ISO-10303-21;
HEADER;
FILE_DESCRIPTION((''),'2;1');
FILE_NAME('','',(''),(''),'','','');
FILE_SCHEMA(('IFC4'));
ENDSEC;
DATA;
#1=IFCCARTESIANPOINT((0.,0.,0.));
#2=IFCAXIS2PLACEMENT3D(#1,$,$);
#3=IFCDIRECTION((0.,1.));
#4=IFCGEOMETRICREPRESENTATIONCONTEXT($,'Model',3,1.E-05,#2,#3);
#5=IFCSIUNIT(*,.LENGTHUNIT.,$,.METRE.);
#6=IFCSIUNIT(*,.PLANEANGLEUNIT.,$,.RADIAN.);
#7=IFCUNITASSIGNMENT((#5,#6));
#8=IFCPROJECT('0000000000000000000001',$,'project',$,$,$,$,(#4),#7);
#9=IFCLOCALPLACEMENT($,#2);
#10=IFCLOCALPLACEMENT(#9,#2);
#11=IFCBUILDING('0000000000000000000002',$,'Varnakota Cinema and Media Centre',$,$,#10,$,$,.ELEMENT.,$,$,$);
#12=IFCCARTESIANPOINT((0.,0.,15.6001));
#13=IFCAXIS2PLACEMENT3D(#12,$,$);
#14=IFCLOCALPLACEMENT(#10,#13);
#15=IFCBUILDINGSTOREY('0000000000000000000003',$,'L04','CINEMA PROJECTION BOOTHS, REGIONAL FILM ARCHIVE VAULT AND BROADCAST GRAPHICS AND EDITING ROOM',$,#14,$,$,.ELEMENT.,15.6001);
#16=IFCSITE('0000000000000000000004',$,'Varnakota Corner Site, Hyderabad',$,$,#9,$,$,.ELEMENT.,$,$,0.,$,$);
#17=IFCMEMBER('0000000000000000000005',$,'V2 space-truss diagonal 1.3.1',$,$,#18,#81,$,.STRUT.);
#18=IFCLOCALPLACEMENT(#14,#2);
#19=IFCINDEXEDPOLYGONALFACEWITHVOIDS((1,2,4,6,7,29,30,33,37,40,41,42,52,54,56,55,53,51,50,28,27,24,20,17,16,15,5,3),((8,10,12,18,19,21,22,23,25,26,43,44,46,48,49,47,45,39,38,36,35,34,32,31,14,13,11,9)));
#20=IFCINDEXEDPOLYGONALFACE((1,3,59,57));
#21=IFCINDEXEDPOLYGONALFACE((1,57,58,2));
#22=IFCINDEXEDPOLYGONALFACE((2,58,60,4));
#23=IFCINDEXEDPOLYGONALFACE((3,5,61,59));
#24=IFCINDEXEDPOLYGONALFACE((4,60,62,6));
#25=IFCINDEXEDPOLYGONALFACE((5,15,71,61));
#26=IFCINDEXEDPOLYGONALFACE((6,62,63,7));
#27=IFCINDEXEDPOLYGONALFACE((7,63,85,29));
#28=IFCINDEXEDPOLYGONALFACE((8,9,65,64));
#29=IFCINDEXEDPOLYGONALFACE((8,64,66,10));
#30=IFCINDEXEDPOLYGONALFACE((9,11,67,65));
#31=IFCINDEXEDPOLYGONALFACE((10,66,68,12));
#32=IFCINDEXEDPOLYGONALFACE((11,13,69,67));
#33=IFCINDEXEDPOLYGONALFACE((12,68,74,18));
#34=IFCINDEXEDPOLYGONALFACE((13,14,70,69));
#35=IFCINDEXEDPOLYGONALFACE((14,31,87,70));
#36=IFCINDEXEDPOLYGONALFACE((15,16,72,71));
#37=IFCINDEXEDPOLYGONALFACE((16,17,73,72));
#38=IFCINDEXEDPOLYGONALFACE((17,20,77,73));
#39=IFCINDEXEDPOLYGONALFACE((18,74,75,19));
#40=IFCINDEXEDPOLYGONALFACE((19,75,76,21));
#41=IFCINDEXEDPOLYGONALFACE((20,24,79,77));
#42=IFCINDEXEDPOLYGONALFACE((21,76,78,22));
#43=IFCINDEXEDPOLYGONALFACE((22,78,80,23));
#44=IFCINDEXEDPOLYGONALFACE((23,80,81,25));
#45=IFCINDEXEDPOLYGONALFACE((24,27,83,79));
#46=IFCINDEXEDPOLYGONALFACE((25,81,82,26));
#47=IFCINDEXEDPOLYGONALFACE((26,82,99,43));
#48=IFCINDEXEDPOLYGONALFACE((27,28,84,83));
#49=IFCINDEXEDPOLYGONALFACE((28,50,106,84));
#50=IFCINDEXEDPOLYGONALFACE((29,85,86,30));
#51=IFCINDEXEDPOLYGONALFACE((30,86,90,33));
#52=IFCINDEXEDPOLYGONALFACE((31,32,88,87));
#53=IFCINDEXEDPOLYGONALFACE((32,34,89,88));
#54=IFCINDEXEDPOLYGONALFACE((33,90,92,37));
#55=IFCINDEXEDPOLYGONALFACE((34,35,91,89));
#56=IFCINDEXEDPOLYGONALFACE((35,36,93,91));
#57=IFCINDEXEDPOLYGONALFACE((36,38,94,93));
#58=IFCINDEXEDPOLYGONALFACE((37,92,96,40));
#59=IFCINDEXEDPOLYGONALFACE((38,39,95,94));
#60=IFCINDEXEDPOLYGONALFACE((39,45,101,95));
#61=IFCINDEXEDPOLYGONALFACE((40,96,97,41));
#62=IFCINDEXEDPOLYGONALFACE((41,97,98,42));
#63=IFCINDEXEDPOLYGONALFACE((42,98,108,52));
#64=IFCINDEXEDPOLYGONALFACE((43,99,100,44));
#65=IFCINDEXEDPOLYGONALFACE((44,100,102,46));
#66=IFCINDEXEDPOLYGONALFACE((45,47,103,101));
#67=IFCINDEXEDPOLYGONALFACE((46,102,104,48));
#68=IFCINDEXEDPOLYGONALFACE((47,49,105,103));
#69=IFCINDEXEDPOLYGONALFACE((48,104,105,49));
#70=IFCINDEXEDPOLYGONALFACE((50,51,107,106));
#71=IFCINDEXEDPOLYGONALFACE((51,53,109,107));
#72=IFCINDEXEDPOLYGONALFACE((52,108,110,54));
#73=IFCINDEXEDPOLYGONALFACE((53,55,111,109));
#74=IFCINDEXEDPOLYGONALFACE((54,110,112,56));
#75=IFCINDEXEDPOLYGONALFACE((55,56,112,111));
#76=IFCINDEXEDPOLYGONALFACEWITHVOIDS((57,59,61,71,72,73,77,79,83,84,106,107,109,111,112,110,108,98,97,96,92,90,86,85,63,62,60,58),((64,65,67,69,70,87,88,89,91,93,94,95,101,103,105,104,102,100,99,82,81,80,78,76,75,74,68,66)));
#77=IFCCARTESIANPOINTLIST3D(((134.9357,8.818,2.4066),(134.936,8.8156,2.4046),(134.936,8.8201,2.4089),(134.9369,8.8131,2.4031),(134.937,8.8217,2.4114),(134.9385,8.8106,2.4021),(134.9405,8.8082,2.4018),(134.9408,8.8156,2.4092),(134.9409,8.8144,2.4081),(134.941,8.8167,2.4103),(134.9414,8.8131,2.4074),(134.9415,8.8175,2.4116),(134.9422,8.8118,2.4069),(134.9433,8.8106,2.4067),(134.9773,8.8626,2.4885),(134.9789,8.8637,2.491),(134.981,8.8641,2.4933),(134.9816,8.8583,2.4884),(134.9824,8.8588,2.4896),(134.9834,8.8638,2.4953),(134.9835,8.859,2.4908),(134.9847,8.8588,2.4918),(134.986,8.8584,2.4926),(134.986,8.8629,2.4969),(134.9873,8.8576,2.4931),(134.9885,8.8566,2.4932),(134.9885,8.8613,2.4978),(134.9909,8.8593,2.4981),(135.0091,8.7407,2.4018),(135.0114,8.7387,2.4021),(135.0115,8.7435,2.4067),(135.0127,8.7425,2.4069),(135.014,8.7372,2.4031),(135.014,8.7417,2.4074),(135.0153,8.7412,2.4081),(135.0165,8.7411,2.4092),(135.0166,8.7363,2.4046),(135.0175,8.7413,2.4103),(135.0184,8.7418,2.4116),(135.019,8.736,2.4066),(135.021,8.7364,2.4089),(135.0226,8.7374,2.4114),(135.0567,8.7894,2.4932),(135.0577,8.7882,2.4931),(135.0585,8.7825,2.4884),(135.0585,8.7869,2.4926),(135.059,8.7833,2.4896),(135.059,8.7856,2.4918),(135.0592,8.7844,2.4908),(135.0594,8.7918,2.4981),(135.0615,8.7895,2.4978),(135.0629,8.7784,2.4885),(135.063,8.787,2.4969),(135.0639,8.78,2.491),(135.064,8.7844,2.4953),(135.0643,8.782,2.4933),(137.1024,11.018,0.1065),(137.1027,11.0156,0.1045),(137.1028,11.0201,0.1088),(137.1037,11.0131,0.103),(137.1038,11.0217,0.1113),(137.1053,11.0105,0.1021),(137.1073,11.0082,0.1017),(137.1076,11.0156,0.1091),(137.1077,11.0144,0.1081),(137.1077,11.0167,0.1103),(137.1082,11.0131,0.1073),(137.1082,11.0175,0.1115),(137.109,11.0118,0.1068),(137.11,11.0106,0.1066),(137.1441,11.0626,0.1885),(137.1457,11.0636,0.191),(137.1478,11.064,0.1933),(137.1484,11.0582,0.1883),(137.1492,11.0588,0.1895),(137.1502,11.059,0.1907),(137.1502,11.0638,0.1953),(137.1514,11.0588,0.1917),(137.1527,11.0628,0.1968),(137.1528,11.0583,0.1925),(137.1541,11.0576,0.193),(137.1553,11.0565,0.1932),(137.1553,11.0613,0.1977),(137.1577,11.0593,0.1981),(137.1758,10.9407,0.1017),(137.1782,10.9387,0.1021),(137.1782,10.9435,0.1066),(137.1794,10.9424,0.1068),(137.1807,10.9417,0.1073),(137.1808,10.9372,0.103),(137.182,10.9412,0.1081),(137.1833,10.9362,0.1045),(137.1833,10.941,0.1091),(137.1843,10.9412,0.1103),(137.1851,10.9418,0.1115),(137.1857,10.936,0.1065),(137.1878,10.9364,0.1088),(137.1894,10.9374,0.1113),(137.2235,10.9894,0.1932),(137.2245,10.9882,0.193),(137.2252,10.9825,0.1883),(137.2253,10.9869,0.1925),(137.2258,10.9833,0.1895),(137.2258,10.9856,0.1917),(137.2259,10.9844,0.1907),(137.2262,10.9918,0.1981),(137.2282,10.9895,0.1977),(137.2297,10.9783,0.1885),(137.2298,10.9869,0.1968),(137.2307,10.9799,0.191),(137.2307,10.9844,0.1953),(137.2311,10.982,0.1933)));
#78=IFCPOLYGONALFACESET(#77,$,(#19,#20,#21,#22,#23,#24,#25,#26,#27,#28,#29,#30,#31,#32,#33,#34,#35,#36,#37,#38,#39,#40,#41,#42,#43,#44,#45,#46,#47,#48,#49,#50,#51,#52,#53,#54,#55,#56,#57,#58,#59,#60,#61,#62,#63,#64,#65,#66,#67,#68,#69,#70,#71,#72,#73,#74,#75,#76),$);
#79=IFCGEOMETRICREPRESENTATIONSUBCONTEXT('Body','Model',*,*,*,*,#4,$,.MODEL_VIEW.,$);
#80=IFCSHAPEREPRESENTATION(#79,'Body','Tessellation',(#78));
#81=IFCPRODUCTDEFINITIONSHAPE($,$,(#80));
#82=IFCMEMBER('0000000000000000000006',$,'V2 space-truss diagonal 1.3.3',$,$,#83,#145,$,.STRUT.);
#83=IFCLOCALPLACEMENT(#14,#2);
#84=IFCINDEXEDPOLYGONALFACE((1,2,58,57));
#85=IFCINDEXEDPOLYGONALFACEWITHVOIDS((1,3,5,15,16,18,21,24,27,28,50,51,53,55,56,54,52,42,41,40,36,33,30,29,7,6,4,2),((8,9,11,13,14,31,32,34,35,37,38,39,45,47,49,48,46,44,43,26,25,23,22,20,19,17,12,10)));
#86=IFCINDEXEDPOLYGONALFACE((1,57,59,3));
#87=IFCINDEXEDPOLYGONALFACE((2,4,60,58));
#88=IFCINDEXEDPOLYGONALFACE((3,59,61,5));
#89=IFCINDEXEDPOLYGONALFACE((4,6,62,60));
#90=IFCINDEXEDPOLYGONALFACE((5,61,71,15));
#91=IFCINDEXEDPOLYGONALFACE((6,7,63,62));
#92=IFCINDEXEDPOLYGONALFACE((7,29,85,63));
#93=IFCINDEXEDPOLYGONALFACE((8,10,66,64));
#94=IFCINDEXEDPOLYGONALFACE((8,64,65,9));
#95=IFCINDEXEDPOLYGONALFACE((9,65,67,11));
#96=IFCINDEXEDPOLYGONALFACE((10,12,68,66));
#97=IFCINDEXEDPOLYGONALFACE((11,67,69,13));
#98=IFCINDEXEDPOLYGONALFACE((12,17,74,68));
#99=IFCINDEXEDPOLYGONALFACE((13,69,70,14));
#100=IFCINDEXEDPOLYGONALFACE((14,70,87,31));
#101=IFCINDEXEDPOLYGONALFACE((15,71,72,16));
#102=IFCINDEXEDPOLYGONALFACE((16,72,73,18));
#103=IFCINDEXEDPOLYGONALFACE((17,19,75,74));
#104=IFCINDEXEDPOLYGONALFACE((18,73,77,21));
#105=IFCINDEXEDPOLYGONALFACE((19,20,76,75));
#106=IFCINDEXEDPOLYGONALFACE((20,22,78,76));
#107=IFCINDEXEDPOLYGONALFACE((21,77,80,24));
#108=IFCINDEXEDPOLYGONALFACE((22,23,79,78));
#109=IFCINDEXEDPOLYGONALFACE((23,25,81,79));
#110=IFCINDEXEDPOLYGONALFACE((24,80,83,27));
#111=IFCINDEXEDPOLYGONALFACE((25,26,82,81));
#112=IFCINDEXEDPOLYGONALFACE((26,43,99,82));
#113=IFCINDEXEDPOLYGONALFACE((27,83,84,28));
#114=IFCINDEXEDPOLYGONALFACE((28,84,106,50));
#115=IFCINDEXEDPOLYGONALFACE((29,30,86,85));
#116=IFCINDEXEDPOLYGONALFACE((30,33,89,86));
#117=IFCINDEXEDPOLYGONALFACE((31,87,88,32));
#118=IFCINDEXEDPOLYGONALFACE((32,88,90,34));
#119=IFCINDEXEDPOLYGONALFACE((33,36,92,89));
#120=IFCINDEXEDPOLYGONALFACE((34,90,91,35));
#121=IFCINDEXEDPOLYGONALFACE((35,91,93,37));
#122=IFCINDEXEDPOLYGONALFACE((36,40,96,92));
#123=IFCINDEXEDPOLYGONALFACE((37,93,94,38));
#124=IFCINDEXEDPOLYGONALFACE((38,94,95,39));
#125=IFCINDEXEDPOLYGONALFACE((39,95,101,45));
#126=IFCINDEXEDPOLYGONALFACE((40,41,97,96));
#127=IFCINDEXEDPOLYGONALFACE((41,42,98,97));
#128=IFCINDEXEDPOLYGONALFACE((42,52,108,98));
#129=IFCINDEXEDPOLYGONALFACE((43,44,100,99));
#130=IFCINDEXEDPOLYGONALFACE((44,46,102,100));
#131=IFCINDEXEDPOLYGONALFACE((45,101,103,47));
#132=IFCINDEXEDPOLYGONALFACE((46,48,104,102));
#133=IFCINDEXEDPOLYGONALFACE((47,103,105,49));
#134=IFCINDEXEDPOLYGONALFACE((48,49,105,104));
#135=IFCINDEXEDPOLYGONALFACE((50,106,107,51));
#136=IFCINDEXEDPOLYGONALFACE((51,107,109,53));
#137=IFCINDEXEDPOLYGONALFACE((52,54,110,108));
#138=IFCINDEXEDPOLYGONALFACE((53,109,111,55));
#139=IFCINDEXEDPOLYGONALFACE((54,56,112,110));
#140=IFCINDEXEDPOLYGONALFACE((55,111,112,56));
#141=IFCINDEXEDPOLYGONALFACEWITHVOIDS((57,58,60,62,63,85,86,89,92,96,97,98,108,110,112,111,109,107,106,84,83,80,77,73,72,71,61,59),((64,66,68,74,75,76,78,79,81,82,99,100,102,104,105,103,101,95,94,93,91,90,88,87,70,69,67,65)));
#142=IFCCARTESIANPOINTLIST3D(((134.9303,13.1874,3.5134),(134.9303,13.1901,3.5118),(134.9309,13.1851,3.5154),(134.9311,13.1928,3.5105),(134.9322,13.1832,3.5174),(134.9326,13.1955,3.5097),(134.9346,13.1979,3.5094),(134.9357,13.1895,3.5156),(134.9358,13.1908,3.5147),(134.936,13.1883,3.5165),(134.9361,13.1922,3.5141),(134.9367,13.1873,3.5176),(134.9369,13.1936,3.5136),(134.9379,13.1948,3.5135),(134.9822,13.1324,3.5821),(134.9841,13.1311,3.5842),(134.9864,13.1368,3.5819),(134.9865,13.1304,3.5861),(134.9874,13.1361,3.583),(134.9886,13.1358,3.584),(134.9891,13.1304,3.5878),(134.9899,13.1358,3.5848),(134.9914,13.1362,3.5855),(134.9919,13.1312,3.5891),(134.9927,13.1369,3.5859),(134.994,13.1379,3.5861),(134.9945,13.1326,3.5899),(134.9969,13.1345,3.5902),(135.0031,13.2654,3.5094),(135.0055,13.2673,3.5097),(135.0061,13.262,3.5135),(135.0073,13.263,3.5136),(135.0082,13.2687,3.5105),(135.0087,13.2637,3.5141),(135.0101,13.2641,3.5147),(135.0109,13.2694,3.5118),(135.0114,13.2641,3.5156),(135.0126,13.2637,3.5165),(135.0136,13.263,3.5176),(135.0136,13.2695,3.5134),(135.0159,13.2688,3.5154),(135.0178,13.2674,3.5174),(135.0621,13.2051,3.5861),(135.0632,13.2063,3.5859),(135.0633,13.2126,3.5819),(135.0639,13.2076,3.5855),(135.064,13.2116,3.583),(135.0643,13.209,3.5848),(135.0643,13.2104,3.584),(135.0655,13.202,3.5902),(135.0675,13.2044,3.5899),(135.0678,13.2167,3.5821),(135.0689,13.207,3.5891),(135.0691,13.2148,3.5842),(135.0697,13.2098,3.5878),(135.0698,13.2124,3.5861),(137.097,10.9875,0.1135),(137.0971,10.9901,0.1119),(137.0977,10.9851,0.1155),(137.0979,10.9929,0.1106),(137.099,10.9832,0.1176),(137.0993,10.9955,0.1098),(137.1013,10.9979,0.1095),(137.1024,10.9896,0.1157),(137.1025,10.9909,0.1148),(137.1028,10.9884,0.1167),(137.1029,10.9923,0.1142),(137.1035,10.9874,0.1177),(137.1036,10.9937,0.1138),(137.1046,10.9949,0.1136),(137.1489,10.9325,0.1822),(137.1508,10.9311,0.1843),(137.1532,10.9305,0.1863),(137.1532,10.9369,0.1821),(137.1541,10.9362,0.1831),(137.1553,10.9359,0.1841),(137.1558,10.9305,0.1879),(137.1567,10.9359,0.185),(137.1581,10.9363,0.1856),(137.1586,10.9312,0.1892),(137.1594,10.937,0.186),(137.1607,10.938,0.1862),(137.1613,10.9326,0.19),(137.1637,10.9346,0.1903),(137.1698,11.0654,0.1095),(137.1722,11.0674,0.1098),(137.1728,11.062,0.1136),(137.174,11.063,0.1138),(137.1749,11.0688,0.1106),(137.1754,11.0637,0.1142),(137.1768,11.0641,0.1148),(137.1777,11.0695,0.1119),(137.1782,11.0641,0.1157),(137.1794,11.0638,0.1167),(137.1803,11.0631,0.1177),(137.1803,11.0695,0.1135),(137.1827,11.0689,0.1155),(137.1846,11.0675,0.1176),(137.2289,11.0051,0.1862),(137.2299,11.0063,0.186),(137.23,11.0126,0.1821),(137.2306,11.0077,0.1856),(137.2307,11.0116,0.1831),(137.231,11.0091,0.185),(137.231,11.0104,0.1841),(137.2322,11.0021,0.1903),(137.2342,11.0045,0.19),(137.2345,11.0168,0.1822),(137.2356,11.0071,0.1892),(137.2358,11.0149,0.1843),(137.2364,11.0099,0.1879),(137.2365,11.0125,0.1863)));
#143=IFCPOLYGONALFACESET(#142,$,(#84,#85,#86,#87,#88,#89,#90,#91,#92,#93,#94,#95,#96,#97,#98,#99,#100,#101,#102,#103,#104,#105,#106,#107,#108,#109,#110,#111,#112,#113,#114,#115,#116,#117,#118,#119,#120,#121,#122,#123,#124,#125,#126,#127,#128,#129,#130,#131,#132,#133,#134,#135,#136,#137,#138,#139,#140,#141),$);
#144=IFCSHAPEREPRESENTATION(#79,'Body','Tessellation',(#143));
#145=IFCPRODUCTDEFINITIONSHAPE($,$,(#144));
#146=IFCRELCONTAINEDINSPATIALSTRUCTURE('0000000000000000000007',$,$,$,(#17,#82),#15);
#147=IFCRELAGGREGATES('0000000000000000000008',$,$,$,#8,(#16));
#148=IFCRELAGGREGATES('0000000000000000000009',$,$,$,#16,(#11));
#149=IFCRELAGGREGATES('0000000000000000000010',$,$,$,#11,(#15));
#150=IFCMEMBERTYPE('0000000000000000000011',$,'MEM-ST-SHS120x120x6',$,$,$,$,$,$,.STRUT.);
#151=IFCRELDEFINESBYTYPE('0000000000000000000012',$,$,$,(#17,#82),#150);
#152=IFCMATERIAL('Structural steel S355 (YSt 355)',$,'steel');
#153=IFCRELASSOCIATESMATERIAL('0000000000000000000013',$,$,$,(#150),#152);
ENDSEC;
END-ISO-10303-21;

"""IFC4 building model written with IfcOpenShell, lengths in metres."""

from ifc_helpers import new_model, si_unit, direction, frame, origin, origin_2d, place, context, subcontext, project, spatial, hollow_rectangle, extrude, material, material_profile, profile_set, type_object, element, save


model = new_model("IFC4")

# Units and contexts
model_context = context("Model", 3, precision=1e-05, world=origin(), true_north=direction((0.0, 1.0)))
body_context = subcontext(model_context, "Body", "Model", "MODEL_VIEW")
ifc_project = project(units=[si_unit("LENGTHUNIT", "METRE"), si_unit("PLANEANGLEUNIT", "RADIAN")], contexts=[model_context])

# Site, building, storey
site_placement = place(None, origin())
site = spatial("IfcSite", under=ifc_project, at=site_placement, Name="Varnakota Corner Site, Hyderabad", CompositionType="ELEMENT", RefElevation=0.0)
building_placement = place(site_placement, origin())
building = spatial("IfcBuilding", under=site, at=building_placement, Name="Varnakota Cinema and Media Centre", CompositionType="ELEMENT")
storey_placement = place(building_placement, frame((0.0, 0.0, 15.6001)))
storey = spatial("IfcBuildingStorey", under=building, at=storey_placement, Name="L04", Description="CINEMA PROJECTION BOOTHS, REGIONAL FILM ARCHIVE VAULT AND BROADCAST GRAPHICS AND EDITING ROOM", CompositionType="ELEMENT", Elevation=15.6001)

# Members
ifc_material_1 = material(Name="Structural steel S355 (YSt 355)", Category="steel")
ifc_material_profile_1 = material_profile(ifc_material_1, hollow_rectangle(XDim=0.1201, YDim=0.1201, WallThickness=0.0061, InnerFilletRadius=0.0061, OuterFilletRadius=0.012, at=origin_2d()), Name="SHS 120x120x6")
ifc_profile_set_1 = profile_set([ifc_material_profile_1], Name="Structural steel S355 (YSt 355)")
member_type_1 = type_object("IfcMemberType", Name="MEM-ST-SHS120x120x6", PredefinedType="STRUT", material=ifc_profile_set_1)
member_1_placement = place(storey_placement, frame((137.1667, 11.0, 0.1499), z_axis=(-0.562748, -0.571371, 0.597369), x_axis=(0.712463, -0.70171, 0.0)))
element("IfcMember", 1, at=member_1_placement, inside=storey, type_object=member_type_1, Name="V2 space-truss diagonal 1.3.1", PredefinedType="STRUT", context=body_context, shape_type="SweptSolid", body=[
    extrude(hollow_rectangle(XDim=0.1201, YDim=0.1201, WallThickness=0.0061, InnerFilletRadius=0.0061, OuterFilletRadius=0.012, at=origin_2d()), origin(), (0.0, 0.0, 1.0), 3.8503),
])
member_2_placement = place(storey_placement, frame((137.1667, 11.0, 0.1499), z_axis=(-0.471769, 0.478999, 0.740266), x_axis=(-0.712463, -0.70171, 0.0)))
element("IfcMember", 2, at=member_2_placement, inside=storey, type_object=member_type_1, Name="V2 space-truss diagonal 1.3.3", PredefinedType="STRUT", context=body_context, shape_type="SweptSolid", body=[
    extrude(hollow_rectangle(XDim=0.1201, YDim=0.1201, WallThickness=0.0061, InnerFilletRadius=0.0061, OuterFilletRadius=0.012, at=origin_2d()), origin(), (0.0, 0.0, 1.0), 4.5928),
])

save(model, "model.ifc")
